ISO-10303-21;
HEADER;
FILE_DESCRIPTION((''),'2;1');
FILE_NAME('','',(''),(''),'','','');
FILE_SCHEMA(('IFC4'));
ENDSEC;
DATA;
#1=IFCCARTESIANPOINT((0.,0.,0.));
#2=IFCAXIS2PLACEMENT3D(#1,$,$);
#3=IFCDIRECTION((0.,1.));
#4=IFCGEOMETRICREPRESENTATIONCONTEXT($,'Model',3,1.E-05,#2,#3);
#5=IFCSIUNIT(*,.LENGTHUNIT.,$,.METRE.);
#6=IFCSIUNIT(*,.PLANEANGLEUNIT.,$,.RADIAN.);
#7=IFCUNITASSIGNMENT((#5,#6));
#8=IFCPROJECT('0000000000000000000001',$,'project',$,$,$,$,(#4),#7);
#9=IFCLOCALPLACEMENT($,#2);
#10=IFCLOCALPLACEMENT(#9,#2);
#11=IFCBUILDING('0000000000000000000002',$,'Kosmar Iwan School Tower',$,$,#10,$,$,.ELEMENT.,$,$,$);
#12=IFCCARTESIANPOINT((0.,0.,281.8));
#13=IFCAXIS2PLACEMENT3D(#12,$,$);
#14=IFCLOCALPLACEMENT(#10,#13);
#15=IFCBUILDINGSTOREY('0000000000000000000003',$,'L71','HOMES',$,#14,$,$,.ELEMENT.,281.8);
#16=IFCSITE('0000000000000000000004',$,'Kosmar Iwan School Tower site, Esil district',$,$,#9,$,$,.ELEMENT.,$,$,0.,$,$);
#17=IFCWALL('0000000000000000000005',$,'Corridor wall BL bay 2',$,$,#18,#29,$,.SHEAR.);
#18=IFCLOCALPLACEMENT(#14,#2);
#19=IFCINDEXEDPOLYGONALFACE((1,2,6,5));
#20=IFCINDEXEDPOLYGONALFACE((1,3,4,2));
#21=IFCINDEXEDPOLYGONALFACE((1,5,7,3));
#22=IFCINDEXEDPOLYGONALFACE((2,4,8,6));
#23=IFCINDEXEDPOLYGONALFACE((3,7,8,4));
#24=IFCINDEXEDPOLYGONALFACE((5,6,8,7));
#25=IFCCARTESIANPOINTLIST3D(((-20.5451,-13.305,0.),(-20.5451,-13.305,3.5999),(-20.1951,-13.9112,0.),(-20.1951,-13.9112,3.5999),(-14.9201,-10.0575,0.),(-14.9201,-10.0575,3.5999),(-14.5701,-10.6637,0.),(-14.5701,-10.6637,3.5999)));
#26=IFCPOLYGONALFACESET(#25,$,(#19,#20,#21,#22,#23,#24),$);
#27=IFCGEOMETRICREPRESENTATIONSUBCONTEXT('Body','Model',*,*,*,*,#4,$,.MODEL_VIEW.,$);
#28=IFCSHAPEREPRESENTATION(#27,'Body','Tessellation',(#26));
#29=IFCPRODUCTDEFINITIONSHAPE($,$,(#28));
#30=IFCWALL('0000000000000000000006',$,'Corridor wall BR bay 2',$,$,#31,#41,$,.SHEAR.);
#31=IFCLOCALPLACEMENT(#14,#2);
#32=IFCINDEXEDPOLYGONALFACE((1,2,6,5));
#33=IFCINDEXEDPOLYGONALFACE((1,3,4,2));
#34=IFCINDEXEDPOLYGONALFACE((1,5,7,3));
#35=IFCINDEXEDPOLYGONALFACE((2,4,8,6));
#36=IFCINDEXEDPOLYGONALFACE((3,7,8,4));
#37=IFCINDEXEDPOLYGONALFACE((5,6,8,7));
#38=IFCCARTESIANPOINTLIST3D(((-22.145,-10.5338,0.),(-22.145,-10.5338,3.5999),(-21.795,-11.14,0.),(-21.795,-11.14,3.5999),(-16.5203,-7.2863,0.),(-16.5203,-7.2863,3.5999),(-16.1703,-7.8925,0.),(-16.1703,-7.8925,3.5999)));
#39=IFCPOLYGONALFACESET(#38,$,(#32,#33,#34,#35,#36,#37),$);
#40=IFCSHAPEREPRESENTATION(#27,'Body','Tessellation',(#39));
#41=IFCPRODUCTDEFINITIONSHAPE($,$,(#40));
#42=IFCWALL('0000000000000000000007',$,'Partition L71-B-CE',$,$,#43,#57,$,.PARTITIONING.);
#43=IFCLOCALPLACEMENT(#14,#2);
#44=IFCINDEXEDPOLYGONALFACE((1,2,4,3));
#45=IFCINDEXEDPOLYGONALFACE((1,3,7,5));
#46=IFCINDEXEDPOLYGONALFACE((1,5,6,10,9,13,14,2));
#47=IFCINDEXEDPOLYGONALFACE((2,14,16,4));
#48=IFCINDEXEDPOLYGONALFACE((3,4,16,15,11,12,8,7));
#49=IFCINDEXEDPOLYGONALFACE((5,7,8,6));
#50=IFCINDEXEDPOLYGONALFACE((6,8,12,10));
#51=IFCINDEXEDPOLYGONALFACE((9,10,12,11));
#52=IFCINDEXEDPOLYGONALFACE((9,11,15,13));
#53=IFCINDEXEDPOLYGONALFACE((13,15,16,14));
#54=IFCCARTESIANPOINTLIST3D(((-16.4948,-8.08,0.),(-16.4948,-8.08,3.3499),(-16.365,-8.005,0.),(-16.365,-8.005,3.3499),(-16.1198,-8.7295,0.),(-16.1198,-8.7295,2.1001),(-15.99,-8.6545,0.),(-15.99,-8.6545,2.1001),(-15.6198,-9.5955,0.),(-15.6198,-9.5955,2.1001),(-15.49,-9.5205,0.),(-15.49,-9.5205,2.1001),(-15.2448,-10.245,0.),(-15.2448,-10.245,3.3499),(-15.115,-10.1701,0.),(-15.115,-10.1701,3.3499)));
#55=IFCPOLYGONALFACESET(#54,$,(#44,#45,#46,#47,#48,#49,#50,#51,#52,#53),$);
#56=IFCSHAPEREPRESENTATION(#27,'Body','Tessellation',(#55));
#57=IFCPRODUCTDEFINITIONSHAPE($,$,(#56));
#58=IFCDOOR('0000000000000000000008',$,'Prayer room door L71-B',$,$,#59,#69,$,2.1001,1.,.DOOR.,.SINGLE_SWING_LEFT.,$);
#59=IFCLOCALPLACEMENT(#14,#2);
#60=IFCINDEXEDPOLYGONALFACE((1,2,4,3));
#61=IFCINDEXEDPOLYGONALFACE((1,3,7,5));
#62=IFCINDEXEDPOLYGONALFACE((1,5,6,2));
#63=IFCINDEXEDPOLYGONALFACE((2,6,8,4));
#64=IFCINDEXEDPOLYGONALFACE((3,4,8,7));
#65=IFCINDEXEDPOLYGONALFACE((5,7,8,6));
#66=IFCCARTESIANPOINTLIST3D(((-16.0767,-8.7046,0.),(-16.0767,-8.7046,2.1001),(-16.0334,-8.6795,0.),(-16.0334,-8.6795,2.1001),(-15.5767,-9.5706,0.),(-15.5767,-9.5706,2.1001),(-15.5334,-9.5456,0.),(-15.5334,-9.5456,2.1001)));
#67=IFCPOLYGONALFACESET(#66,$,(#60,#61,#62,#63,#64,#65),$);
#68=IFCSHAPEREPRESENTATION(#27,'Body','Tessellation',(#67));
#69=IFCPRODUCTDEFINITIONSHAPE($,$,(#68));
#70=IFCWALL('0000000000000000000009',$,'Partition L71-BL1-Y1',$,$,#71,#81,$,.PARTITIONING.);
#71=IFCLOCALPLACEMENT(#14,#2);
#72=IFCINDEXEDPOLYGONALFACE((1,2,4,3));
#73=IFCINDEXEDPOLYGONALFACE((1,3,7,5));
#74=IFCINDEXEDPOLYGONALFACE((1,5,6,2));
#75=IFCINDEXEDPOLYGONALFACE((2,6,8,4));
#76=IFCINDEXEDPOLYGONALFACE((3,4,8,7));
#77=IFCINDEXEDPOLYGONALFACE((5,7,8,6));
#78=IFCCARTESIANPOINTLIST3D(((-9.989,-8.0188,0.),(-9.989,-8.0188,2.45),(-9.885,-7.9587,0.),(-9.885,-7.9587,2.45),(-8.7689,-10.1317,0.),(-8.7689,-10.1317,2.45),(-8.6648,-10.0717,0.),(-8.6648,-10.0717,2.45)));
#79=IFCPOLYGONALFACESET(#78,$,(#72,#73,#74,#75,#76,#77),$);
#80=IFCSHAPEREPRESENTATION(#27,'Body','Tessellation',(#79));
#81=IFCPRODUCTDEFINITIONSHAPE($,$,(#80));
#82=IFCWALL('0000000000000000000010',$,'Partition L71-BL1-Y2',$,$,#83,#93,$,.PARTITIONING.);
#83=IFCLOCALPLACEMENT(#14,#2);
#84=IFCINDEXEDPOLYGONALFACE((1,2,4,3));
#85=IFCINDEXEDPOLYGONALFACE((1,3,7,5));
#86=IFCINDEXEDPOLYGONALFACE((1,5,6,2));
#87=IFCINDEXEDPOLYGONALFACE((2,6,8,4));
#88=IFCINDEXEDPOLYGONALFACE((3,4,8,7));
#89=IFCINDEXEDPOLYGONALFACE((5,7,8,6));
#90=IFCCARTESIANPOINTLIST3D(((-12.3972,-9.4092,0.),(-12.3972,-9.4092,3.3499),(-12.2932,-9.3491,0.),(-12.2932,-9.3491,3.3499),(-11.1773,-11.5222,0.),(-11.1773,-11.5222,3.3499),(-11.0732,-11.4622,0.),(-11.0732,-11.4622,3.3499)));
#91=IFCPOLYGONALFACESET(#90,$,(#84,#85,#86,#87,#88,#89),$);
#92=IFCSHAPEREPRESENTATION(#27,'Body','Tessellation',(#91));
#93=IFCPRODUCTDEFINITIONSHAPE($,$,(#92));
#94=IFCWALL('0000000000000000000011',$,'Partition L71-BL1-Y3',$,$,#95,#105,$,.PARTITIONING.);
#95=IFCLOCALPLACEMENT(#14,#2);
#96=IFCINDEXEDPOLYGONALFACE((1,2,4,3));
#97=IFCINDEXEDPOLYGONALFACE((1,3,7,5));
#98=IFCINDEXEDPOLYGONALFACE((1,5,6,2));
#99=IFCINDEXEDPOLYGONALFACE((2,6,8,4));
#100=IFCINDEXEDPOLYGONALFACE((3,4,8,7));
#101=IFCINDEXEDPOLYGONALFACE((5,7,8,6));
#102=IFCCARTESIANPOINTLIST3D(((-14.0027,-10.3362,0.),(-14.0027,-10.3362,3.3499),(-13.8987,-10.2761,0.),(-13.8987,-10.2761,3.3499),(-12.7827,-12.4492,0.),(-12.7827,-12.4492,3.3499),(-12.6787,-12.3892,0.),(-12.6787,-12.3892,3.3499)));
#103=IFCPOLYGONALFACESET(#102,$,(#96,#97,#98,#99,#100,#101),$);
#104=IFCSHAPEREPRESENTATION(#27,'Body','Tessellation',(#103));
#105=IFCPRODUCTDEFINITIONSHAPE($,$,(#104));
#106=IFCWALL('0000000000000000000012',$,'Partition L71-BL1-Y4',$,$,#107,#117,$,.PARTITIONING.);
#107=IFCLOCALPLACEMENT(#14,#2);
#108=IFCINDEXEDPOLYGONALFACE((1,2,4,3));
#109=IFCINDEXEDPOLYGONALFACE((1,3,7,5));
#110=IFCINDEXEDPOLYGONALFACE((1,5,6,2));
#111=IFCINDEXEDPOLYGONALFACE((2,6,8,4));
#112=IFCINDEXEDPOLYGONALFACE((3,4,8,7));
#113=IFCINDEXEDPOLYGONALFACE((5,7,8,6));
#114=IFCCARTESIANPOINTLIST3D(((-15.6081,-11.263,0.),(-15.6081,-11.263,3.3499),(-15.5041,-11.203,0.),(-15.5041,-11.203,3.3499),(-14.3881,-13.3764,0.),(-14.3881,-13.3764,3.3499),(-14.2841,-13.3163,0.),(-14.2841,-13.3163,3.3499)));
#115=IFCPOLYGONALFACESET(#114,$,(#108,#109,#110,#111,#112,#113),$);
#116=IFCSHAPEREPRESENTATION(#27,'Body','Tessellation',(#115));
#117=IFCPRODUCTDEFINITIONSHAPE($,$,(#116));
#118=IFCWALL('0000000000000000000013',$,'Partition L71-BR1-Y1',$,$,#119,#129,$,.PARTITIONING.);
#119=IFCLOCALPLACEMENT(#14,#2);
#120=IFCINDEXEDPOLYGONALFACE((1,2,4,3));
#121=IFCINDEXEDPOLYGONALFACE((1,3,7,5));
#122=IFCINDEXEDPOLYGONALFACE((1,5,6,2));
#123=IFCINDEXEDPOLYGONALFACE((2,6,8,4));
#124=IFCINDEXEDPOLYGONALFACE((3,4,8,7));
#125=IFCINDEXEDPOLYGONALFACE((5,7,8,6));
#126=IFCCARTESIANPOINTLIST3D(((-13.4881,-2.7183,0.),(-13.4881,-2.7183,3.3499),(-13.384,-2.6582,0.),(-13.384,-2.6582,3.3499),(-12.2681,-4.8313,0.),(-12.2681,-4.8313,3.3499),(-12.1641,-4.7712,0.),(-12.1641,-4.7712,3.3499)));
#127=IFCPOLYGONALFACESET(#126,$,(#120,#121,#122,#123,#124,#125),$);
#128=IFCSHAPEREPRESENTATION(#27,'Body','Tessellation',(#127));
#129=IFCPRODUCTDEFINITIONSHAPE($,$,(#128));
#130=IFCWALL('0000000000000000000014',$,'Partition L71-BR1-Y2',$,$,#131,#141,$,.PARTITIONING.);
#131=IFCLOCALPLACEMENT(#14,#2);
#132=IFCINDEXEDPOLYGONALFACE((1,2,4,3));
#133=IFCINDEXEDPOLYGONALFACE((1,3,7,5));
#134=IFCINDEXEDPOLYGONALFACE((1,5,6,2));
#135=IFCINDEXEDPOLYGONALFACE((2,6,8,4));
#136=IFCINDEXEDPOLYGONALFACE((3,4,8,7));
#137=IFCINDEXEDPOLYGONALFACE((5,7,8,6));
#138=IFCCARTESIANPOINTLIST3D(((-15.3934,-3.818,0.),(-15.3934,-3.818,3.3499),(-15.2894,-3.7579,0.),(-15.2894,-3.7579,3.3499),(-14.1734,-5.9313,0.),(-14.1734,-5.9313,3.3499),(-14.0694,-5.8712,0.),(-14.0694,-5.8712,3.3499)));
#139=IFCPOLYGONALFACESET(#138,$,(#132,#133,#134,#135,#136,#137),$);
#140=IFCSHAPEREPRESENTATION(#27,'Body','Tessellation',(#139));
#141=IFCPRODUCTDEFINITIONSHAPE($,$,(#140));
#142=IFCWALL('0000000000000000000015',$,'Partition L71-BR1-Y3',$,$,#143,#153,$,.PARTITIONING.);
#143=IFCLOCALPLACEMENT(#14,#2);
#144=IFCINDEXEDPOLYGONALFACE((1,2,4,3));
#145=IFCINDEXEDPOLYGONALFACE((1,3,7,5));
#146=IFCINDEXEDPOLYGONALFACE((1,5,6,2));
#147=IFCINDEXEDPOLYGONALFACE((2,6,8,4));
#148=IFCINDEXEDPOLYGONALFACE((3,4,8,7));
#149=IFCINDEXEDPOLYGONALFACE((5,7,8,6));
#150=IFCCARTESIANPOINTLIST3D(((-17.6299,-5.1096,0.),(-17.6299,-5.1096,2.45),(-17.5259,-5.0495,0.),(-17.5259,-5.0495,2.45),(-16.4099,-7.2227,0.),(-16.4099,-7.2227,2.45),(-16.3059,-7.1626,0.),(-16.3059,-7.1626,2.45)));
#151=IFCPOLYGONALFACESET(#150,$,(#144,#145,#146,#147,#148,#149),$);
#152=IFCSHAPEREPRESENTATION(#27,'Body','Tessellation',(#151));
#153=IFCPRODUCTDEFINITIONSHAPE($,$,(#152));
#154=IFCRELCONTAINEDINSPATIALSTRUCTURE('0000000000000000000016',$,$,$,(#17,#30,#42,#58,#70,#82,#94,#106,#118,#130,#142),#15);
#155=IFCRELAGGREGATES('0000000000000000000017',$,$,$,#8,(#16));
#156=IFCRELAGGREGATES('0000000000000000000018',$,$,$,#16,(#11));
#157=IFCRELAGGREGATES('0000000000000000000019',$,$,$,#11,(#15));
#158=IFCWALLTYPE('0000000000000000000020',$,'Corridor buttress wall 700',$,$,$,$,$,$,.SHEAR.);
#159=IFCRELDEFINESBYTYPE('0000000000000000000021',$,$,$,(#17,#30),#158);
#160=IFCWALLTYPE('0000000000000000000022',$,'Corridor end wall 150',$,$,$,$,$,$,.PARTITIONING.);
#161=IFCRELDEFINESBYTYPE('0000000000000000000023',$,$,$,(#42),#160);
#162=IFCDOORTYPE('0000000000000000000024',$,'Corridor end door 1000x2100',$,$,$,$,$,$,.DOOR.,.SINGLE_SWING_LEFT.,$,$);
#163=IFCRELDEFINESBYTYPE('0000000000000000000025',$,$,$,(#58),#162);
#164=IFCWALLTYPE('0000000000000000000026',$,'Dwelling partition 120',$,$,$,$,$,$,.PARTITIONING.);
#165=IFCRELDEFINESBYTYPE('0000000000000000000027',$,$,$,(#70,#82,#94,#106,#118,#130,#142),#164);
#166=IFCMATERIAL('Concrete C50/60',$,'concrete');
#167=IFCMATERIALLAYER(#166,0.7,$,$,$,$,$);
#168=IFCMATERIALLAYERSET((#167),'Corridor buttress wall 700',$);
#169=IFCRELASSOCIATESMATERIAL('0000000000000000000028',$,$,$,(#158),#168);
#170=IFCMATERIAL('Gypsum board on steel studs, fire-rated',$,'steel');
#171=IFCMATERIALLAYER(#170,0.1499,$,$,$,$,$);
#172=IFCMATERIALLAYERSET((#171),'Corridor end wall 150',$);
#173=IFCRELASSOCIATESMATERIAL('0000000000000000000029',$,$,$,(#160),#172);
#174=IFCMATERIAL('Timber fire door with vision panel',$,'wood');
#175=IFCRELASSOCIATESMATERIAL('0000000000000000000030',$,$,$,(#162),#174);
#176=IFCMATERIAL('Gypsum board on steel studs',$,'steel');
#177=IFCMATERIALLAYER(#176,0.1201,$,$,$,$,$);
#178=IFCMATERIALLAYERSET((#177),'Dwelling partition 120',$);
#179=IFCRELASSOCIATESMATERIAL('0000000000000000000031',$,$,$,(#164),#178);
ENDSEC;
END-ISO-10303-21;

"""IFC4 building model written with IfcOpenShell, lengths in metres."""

from ifc_helpers import new_model, si_unit, direction, frame, frame_2d, origin, place, context, subcontext, project, spatial, rectangle, extrude, material, layer, layer_set, type_object, element, fill, save


model = new_model("IFC4")

# Units and contexts
model_context = context("Model", 3, precision=1e-05, world=origin(), true_north=direction((0.0, 1.0)))
body_context = subcontext(model_context, "Body", "Model", "MODEL_VIEW")
ifc_project = project(units=[si_unit("LENGTHUNIT", "METRE"), si_unit("PLANEANGLEUNIT", "RADIAN")], contexts=[model_context])

# Site, building, storey
site_placement = place(None, origin())
site = spatial("IfcSite", under=ifc_project, at=site_placement, Name="Kosmar Iwan School Tower site, Esil district", CompositionType="ELEMENT", RefElevation=0.0)
building_placement = place(site_placement, origin())
building = spatial("IfcBuilding", under=site, at=building_placement, Name="Kosmar Iwan School Tower", CompositionType="ELEMENT")
storey_placement = place(building_placement, frame((0.0, 0.0, 281.8)))
storey = spatial("IfcBuildingStorey", under=building, at=storey_placement, Name="L71", Description="HOMES", CompositionType="ELEMENT", Elevation=281.8)

# Walls
ifc_material_1 = material(Name="Concrete C50/60", Category="concrete")
ifc_layer_1 = layer(ifc_material_1, 0.7)
ifc_layer_set_1 = layer_set([ifc_layer_1], Name="Corridor buttress wall 700")
wall_type_1 = type_object("IfcWallType", Name="Corridor buttress wall 700", PredefinedType="SHEAR", material=ifc_layer_set_1)
wall_1_placement = place(storey_placement, frame((-14.7451, -10.3606, 0.0), z_axis=(0.0, 0.0, 1.0), x_axis=(-0.866028, -0.499996, 0.0)))
element("IfcWall", 1, at=wall_1_placement, inside=storey, type_object=wall_type_1, Name="Corridor wall BL bay 2", PredefinedType="SHEAR", context=body_context, shape_type="SweptSolid", body=[
    extrude(rectangle(XDim=6.4951, YDim=0.7, at=frame_2d((3.2476, 0.0))), origin(), (0.0, 0.0, 1.0), 3.5999),
])
wall_2_placement = place(storey_placement, frame((-16.3452, -7.5894, 0.0), z_axis=(0.0, 0.0, 1.0), x_axis=(-0.866018, -0.500012, 0.0)))
element("IfcWall", 2, at=wall_2_placement, inside=storey, type_object=wall_type_1, Name="Corridor wall BR bay 2", PredefinedType="SHEAR", context=body_context, shape_type="SweptSolid", body=[
    extrude(rectangle(XDim=6.4949, YDim=0.7, at=frame_2d((3.2476, 0.0))), origin(), (0.0, 0.0, 1.0), 3.5999),
])

# Wall, opening, door
ifc_material_2 = material(Name="Gypsum board on steel studs, fire-rated", Category="steel")
ifc_layer_2 = layer(ifc_material_2, 0.1499)
ifc_layer_set_2 = layer_set([ifc_layer_2], Name="Corridor end wall 150")
wall_type_2 = type_object("IfcWallType", Name="Corridor end wall 150", PredefinedType="PARTITIONING", material=ifc_layer_set_2)
wall_3_placement = place(storey_placement, frame((-16.4299, -8.0425, 0.0), z_axis=(0.0, 0.0, 1.0), x_axis=(0.500004, -0.866023, 0.0)))
wall_3 = element("IfcWall", 3, at=wall_3_placement, inside=storey, type_object=wall_type_2, Name="Partition L71-B-CE", PredefinedType="PARTITIONING", context=body_context, shape_type="SweptSolid", body=[
    extrude(rectangle(XDim=2.5, YDim=0.1499, at=frame_2d((1.25, 0.0))), origin(), (0.0, 0.0, 1.0), 3.3499),
])
opening_placement = place(wall_3_placement, frame((0.75, 0.0, 0.0)))
opening = element("IfcOpeningElement", 4, at=opening_placement, cuts=wall_3, PredefinedType="OPENING", context=body_context, shape_type="SweptSolid", body=[
    extrude(rectangle(XDim=1.0, YDim=2.1001, at=frame_2d((0.5, 1.05))), frame((0.0, 0.0869, 0.0), z_axis=(0.0, -1.0, 0.0), x_axis=(1.0, 0.0, 0.0)), (0.0, 0.0, 1.0), 0.1738),
])
ifc_material_3 = material(Name="Timber fire door with vision panel", Category="wood")
door_type = type_object("IfcDoorType", Name="Corridor end door 1000x2100", OperationType="SINGLE_SWING_LEFT", PredefinedType="DOOR", material=ifc_material_3)
door_placement = place(opening_placement, origin())
door = element("IfcDoor", 5, at=door_placement, inside=storey, type_object=door_type, Name="Prayer room door L71-B", OperationType="SINGLE_SWING_LEFT", OverallHeight=2.1001, OverallWidth=1.0, PredefinedType="DOOR", context=body_context, shape_type="SweptSolid", body=[
    extrude(rectangle(XDim=1.0, YDim=2.1001, at=frame_2d((0.5, 1.05))), frame((0.0, 0.0249, 0.0), z_axis=(0.0, -1.0, 0.0), x_axis=(1.0, 0.0, 0.0)), (0.0, 0.0, 1.0), 0.05),
])
fill(opening, door)

# Walls
ifc_material_4 = material(Name="Gypsum board on steel studs", Category="steel")
ifc_layer_3 = layer(ifc_material_4, 0.1201)
ifc_layer_set_3 = layer_set([ifc_layer_3], Name="Dwelling partition 120")
wall_type_3 = type_object("IfcWallType", Name="Dwelling partition 120", PredefinedType="PARTITIONING", material=ifc_layer_set_3)
wall_4_placement = place(storey_placement, frame((-9.937, -7.9888, 0.0), z_axis=(0.0, 0.0, 1.0), x_axis=(0.500078, -0.865981, 0.0)))
element("IfcWall", 6, at=wall_4_placement, inside=storey, type_object=wall_type_3, Name="Partition L71-BL1-Y1", PredefinedType="PARTITIONING", context=body_context, shape_type="SweptSolid", body=[
    extrude(rectangle(XDim=2.4399, YDim=0.1201, at=frame_2d((1.22, 0.0))), origin(), (0.0, 0.0, 1.0), 2.45),
])
for number, where, z_axis, x_axis, name in (
    (7, (-12.3452, -9.3792, 0.0), (0.0, 0.0, 1.0), (0.500003, -0.866024, 0.0), "Partition L71-BL1-Y2"),
    (8, (-13.9507, -10.3062, 0.0), (0.0, 0.0, 1.0), (0.500003, -0.866024, 0.0), "Partition L71-BL1-Y3"),
):
    element("IfcWall", number, at=place(storey_placement, frame(where, z_axis=z_axis, x_axis=x_axis)), inside=storey, type_object=wall_type_3, Name=name, PredefinedType="PARTITIONING", context=body_context, shape_type="SweptSolid", body=[
        extrude(rectangle(XDim=2.4399, YDim=0.1201, at=frame_2d((1.22, 0.0))), origin(), (0.0, 0.0, 1.0), 3.3499),
    ])
wall_5_placement = place(storey_placement, frame((-15.5562, -11.2329, 0.0), z_axis=(0.0, 0.0, 1.0), x_axis=(0.499959, -0.866049, 0.0)))
element("IfcWall", 9, at=wall_5_placement, inside=storey, type_object=wall_type_3, Name="Partition L71-BL1-Y4", PredefinedType="PARTITIONING", context=body_context, shape_type="SweptSolid", body=[
    extrude(rectangle(XDim=2.4402, YDim=0.1201, at=frame_2d((1.2202, 0.0))), origin(), (0.0, 0.0, 1.0), 3.3499),
])
wall_6_placement = place(storey_placement, frame((-12.2161, -4.8013, 0.0), z_axis=(0.0, 0.0, 1.0), x_axis=(-0.500003, 0.866024, 0.0)))
element("IfcWall", 10, at=wall_6_placement, inside=storey, type_object=wall_type_3, Name="Partition L71-BR1-Y1", PredefinedType="PARTITIONING", context=body_context, shape_type="SweptSolid", body=[
    extrude(rectangle(XDim=2.4399, YDim=0.1201, at=frame_2d((1.22, 0.0))), origin(), (0.0, 0.0, 1.0), 3.3499),
])
wall_7_placement = place(storey_placement, frame((-14.1213, -5.9014, 0.0), z_axis=(0.0, 0.0, 1.0), x_axis=(-0.499959, 0.866049, 0.0)))
element("IfcWall", 11, at=wall_7_placement, inside=storey, type_object=wall_type_3, Name="Partition L71-BR1-Y2", PredefinedType="PARTITIONING", context=body_context, shape_type="SweptSolid", body=[
    extrude(rectangle(XDim=2.4402, YDim=0.1201, at=frame_2d((1.2202, 0.0))), origin(), (0.0, 0.0, 1.0), 3.3499),
])
wall_8_placement = place(storey_placement, frame((-16.3579, -7.1926, 0.0), z_axis=(0.0, 0.0, 1.0), x_axis=(-0.500003, 0.866024, 0.0)))
element("IfcWall", 12, at=wall_8_placement, inside=storey, type_object=wall_type_3, Name="Partition L71-BR1-Y3", PredefinedType="PARTITIONING", context=body_context, shape_type="SweptSolid", body=[
    extrude(rectangle(XDim=2.4399, YDim=0.1201, at=frame_2d((1.22, 0.0))), origin(), (0.0, 0.0, 1.0), 2.45),
])

save(model, "model.ifc")
